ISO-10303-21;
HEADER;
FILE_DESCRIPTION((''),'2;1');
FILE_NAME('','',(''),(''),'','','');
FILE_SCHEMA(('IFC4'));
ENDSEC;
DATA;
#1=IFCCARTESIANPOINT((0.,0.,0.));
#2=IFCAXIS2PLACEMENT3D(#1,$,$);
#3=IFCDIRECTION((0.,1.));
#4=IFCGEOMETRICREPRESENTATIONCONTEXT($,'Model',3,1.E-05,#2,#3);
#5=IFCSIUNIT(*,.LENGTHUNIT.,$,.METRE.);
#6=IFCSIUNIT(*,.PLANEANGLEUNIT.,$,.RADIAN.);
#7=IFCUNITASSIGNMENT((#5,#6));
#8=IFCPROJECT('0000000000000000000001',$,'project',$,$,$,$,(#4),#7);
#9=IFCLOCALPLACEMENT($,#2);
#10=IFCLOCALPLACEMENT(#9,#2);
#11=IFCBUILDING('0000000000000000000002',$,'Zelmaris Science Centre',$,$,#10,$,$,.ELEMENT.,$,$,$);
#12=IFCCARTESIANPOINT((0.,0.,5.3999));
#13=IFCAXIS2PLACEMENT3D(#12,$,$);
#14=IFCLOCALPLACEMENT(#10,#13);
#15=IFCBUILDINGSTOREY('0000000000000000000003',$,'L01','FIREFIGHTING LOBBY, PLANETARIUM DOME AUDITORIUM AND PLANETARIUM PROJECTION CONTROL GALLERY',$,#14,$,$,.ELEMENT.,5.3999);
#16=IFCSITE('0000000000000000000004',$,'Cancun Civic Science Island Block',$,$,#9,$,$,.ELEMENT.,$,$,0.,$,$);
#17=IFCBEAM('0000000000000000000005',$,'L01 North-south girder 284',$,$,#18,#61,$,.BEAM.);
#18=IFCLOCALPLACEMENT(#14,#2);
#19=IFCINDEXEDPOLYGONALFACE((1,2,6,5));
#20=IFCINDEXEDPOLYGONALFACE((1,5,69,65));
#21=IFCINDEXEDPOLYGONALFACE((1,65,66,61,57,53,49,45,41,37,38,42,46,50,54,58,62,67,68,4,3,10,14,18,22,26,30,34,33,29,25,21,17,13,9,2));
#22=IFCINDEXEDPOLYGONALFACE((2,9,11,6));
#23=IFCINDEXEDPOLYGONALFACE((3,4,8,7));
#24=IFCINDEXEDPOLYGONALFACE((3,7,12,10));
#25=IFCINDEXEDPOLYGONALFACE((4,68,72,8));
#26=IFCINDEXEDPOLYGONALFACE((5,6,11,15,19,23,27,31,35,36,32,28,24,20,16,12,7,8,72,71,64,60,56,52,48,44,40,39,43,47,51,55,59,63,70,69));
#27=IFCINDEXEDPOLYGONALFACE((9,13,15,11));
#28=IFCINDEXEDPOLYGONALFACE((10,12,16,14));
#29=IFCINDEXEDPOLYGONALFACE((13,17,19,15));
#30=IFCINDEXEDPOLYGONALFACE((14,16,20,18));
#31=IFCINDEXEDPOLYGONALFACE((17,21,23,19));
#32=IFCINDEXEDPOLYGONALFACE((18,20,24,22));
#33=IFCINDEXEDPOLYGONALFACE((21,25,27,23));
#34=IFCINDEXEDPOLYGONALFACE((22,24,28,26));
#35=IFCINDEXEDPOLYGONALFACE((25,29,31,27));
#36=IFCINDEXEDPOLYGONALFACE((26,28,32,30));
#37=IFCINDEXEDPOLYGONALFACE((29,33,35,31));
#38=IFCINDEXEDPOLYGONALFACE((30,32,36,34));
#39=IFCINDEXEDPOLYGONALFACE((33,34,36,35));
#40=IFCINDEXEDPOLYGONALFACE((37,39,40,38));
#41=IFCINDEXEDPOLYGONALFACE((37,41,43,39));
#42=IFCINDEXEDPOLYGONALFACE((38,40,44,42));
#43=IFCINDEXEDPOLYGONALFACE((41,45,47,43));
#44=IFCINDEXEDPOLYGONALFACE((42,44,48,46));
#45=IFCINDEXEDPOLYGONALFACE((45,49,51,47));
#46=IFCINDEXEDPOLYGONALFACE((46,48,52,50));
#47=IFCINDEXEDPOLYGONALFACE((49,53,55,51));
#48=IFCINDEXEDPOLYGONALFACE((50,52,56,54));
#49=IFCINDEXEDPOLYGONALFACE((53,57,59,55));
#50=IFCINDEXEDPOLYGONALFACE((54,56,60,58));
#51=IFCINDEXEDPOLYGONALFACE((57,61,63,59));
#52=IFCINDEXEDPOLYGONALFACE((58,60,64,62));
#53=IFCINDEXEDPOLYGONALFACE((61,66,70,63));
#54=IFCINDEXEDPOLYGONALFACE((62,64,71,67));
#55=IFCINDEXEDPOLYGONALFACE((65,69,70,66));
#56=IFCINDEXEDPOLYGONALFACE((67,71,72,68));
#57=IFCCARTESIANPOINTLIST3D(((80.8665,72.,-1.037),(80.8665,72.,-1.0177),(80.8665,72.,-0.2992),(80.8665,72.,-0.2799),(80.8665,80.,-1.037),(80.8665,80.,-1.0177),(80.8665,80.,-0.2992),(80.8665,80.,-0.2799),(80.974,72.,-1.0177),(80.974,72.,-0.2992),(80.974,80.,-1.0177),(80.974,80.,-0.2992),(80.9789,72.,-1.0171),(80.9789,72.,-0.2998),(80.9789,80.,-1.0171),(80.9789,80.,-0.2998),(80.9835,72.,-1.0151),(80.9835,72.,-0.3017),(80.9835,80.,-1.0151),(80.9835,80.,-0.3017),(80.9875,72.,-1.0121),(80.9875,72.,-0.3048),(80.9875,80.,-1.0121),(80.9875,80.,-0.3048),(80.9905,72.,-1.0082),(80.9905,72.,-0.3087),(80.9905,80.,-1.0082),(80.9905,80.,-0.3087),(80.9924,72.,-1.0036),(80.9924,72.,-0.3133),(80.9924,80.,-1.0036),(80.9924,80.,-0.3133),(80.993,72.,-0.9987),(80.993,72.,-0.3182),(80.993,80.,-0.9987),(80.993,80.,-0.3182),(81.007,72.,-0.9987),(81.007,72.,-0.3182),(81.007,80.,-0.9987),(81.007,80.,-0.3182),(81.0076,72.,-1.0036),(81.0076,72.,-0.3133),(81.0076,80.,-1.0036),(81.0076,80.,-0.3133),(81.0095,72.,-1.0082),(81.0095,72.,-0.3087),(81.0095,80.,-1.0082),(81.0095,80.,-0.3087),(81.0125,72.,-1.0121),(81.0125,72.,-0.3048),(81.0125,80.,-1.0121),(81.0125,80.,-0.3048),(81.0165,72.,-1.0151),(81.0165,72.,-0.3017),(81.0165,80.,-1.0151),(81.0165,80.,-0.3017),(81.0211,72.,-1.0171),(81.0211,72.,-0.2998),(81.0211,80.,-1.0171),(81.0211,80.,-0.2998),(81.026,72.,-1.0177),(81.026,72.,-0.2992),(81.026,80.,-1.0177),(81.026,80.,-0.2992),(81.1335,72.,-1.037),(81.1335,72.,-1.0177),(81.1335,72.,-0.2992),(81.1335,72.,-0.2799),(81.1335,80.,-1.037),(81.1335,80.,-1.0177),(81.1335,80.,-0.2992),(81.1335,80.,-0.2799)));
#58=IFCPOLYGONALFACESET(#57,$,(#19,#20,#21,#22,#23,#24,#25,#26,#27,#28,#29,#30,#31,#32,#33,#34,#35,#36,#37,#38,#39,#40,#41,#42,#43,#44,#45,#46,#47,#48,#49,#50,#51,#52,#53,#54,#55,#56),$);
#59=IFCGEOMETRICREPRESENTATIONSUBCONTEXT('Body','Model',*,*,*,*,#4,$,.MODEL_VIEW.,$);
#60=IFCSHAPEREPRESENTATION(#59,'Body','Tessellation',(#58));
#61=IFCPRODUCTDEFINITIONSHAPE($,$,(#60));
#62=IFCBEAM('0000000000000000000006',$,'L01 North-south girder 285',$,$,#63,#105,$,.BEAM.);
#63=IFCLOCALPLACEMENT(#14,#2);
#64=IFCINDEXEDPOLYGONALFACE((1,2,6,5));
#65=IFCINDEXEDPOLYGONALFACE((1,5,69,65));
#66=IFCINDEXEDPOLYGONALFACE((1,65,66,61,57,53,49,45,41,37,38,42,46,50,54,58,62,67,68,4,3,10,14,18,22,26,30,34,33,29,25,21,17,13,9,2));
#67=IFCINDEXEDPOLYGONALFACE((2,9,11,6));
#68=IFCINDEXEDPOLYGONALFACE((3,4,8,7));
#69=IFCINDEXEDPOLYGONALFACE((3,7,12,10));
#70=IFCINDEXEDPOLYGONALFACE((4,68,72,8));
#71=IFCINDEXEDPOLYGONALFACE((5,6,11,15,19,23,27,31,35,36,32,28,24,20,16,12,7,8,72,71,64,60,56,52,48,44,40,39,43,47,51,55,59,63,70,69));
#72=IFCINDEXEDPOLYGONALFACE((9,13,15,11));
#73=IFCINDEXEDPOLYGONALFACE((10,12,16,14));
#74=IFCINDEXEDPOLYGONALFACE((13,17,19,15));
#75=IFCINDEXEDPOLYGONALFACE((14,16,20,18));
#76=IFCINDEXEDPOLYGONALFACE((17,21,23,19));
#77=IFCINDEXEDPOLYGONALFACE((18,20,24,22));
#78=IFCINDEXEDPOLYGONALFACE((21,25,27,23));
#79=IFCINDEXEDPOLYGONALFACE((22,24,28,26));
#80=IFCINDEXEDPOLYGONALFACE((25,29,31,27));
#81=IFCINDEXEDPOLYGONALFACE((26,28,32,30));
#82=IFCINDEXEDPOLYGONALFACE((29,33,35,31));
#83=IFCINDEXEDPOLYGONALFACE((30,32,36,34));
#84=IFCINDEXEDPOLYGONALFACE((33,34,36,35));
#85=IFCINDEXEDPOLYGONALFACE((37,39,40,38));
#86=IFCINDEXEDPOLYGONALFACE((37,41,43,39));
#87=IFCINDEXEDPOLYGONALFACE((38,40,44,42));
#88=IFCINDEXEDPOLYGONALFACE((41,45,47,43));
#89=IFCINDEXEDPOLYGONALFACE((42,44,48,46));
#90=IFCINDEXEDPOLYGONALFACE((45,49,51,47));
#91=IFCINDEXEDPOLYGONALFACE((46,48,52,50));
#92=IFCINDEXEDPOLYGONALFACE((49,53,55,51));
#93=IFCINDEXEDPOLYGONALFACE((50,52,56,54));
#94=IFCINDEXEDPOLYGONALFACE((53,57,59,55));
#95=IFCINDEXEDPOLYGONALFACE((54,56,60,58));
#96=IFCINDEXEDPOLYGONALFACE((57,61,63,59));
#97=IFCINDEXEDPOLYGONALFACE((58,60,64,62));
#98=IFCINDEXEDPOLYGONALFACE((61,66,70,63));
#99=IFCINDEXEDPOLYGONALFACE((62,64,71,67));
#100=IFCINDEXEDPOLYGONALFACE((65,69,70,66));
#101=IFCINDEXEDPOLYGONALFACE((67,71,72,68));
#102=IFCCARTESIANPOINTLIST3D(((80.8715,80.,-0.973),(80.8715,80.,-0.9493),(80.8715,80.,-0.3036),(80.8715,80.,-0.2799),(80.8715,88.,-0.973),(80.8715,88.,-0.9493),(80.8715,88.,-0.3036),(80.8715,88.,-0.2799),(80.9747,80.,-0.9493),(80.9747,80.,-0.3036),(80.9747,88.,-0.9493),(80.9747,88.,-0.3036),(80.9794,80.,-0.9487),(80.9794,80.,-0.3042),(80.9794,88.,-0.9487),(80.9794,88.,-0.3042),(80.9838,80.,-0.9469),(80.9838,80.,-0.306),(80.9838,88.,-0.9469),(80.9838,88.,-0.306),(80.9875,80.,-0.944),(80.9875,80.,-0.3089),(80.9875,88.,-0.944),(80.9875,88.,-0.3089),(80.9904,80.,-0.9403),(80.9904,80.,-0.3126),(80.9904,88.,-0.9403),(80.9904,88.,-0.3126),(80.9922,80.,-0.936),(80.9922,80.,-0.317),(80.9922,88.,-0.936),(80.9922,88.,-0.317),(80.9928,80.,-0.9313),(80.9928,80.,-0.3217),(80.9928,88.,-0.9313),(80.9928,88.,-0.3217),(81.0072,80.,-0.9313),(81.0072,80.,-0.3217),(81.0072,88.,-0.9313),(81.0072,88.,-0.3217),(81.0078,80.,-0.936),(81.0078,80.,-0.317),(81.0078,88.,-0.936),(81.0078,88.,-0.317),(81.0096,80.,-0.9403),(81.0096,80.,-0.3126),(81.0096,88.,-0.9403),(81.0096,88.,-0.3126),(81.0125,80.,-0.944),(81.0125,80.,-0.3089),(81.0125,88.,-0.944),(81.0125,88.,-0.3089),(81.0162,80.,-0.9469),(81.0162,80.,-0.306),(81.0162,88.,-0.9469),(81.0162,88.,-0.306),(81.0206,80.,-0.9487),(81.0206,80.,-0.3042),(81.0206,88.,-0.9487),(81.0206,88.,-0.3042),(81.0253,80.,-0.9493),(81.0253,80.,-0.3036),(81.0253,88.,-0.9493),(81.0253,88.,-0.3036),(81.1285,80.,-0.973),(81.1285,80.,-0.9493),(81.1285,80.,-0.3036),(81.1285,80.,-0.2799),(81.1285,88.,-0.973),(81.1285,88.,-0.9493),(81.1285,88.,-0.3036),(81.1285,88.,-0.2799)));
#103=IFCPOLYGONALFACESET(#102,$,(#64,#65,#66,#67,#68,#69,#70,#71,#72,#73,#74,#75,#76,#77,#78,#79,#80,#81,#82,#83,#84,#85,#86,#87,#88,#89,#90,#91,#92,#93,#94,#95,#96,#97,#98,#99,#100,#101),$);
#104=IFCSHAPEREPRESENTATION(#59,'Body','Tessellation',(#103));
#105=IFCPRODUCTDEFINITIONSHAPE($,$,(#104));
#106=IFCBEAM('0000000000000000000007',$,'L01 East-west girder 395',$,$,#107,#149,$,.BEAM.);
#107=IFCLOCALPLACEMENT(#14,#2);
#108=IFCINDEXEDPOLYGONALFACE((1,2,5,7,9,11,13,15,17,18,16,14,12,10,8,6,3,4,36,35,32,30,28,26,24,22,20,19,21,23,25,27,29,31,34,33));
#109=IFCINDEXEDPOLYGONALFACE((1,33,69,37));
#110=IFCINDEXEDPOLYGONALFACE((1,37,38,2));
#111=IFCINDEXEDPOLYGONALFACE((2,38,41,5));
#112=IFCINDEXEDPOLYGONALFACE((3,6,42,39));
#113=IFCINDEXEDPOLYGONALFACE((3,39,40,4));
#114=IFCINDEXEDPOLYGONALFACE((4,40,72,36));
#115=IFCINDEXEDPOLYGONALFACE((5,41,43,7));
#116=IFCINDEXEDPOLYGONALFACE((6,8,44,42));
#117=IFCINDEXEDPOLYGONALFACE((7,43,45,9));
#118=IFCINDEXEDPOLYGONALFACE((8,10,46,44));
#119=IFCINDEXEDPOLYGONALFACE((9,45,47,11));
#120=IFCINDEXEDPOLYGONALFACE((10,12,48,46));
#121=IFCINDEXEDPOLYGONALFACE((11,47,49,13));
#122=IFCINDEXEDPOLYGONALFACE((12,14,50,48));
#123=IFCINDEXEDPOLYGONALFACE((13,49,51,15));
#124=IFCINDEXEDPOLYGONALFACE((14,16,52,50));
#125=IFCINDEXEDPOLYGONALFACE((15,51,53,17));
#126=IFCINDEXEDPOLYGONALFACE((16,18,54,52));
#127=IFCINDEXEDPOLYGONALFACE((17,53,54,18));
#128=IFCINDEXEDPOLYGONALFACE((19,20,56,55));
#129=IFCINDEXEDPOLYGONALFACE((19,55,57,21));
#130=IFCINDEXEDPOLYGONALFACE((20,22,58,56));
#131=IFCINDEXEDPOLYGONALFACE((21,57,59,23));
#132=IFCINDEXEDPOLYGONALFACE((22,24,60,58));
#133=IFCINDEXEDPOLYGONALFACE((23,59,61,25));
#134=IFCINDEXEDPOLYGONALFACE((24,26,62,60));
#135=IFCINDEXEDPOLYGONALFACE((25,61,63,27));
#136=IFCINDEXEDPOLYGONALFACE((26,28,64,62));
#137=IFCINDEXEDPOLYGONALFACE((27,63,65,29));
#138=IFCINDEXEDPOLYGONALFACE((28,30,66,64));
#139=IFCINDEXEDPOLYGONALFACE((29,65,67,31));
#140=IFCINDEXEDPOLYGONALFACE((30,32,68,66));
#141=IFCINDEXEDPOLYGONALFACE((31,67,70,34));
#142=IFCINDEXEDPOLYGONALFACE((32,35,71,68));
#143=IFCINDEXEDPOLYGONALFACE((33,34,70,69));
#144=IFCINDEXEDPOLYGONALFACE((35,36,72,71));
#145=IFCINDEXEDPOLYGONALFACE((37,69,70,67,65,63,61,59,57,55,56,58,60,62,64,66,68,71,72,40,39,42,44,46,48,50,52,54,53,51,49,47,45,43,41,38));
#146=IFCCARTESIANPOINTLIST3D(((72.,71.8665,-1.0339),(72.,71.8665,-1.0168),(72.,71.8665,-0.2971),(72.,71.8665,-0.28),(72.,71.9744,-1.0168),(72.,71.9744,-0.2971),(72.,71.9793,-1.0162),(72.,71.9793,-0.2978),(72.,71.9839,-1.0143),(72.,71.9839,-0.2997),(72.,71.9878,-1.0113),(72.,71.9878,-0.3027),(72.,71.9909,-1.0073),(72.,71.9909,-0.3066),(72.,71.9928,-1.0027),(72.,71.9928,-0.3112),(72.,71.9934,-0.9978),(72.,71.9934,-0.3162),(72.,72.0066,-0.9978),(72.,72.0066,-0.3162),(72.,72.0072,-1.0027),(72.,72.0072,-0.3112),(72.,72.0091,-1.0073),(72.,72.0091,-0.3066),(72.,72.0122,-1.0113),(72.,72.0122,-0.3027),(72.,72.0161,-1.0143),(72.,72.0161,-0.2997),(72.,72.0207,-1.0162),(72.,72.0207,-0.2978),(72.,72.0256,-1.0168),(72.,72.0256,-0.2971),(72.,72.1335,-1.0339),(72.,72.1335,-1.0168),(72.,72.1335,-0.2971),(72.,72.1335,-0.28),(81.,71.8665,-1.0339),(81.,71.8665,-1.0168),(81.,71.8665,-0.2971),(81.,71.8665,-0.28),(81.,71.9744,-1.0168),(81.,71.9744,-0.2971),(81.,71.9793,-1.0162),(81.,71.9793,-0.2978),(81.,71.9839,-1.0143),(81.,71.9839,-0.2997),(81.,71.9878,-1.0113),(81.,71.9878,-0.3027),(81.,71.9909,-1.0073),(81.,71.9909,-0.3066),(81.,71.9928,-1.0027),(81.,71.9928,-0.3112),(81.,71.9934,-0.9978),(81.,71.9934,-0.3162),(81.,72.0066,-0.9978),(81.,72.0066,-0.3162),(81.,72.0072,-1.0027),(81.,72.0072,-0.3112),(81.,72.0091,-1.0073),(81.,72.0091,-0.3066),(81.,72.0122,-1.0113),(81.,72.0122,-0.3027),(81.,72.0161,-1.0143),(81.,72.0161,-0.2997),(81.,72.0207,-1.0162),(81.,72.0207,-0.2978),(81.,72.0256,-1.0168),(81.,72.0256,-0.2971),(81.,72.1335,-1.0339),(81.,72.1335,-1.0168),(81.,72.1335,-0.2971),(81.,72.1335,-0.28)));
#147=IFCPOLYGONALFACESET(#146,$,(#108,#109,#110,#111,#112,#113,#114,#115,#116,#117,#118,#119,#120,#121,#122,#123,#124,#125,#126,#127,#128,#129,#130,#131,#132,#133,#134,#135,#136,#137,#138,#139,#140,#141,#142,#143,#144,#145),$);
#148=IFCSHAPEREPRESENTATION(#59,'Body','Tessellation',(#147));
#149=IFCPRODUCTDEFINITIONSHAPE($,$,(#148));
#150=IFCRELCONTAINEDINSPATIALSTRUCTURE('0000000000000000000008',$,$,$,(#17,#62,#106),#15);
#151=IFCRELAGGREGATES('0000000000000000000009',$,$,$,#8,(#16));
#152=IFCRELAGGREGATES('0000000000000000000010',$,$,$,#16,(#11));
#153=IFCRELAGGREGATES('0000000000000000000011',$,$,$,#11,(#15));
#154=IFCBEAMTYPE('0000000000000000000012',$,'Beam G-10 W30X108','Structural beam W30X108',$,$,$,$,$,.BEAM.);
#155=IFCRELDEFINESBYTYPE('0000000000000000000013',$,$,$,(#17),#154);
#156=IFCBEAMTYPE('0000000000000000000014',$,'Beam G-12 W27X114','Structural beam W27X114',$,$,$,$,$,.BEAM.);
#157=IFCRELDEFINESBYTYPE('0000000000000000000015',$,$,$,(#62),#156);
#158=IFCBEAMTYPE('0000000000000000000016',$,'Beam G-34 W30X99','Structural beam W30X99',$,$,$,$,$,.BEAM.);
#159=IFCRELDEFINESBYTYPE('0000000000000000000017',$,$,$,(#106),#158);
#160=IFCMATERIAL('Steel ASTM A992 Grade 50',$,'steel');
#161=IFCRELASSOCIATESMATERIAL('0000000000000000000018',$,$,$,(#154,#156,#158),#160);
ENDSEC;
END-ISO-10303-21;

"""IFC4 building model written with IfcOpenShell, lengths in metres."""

from ifc_helpers import new_model, si_unit, direction, frame, origin, origin_2d, place, context, subcontext, project, spatial, i_section, extrude, material, material_profile, profile_set, type_object, element, save


model = new_model("IFC4")

# Units and contexts
model_context = context("Model", 3, precision=1e-05, world=origin(), true_north=direction((0.0, 1.0)))
body_context = subcontext(model_context, "Body", "Model", "MODEL_VIEW")
ifc_project = project(units=[si_unit("LENGTHUNIT", "METRE"), si_unit("PLANEANGLEUNIT", "RADIAN")], contexts=[model_context])

# Site, building, storey
site_placement = place(None, origin())
site = spatial("IfcSite", under=ifc_project, at=site_placement, Name="Cancun Civic Science Island Block", CompositionType="ELEMENT", RefElevation=0.0)
building_placement = place(site_placement, origin())
building = spatial("IfcBuilding", under=site, at=building_placement, Name="Zelmaris Science Centre", CompositionType="ELEMENT")
storey_placement = place(building_placement, frame((0.0, 0.0, 5.3999)))
storey = spatial("IfcBuildingStorey", under=building, at=storey_placement, Name="L01", Description="FIREFIGHTING LOBBY, PLANETARIUM DOME AUDITORIUM AND PLANETARIUM PROJECTION CONTROL GALLERY", CompositionType="ELEMENT", Elevation=5.3999)

# Shared definitions
ifc_material_1 = material(Name="Steel ASTM A992 Grade 50", Category="steel")

# Beams
ifc_material_profile_1 = material_profile(ifc_material_1, i_section(OverallWidth=0.2671, OverallDepth=0.7571, WebThickness=0.0139, FlangeThickness=0.0193, FilletRadius=0.019, at=origin_2d()), Name="W30X108")
ifc_profile_set_1 = profile_set([ifc_material_profile_1], Name="Steel ASTM A992 Grade 50")
beam_type_1 = type_object("IfcBeamType", Name="Beam G-10 W30X108", Description="Structural beam W30X108", PredefinedType="BEAM", material=ifc_profile_set_1)
beam_1_placement = place(storey_placement, frame((81.0, 72.0, -0.6584), z_axis=(0.0, 1.0, 0.0), x_axis=(-1.0, 0.0, 0.0)))
element("IfcBeam", 1, at=beam_1_placement, inside=storey, type_object=beam_type_1, Name="L01 North-south girder 284", PredefinedType="BEAM", context=body_context, shape_type="SweptSolid", body=[
    extrude(i_section(OverallWidth=0.2671, OverallDepth=0.7571, WebThickness=0.0139, FlangeThickness=0.0193, FilletRadius=0.019, at=origin_2d()), origin(), (0.0, 0.0, 1.0), 8.0),
])
ifc_material_profile_2 = material_profile(ifc_material_1, i_section(OverallWidth=0.2571, OverallDepth=0.6931, WebThickness=0.0144, FlangeThickness=0.0237, FilletRadius=0.0181, at=origin_2d()), Name="W27X114")
ifc_profile_set_2 = profile_set([ifc_material_profile_2], Name="Steel ASTM A992 Grade 50")
beam_type_2 = type_object("IfcBeamType", Name="Beam G-12 W27X114", Description="Structural beam W27X114", PredefinedType="BEAM", material=ifc_profile_set_2)
beam_2_placement = place(storey_placement, frame((81.0, 80.0, -0.6265), z_axis=(0.0, 1.0, 0.0), x_axis=(-1.0, 0.0, 0.0)))
element("IfcBeam", 2, at=beam_2_placement, inside=storey, type_object=beam_type_2, Name="L01 North-south girder 285", PredefinedType="BEAM", context=body_context, shape_type="SweptSolid", body=[
    extrude(i_section(OverallWidth=0.2571, OverallDepth=0.6931, WebThickness=0.0144, FlangeThickness=0.0237, FilletRadius=0.0181, at=origin_2d()), origin(), (0.0, 0.0, 1.0), 8.0),
])
ifc_material_profile_3 = material_profile(ifc_material_1, i_section(OverallWidth=0.2671, OverallDepth=0.7539, WebThickness=0.0132, FlangeThickness=0.0171, FilletRadius=0.019, at=origin_2d()), Name="W30X99")
ifc_profile_set_3 = profile_set([ifc_material_profile_3], Name="Steel ASTM A992 Grade 50")
beam_type_3 = type_object("IfcBeamType", Name="Beam G-34 W30X99", Description="Structural beam W30X99", PredefinedType="BEAM", material=ifc_profile_set_3)
beam_3_placement = place(storey_placement, frame((72.0, 72.0, -0.657), z_axis=(1.0, 0.0, 0.0), x_axis=(0.0, 1.0, 0.0)))
element("IfcBeam", 3, at=beam_3_placement, inside=storey, type_object=beam_type_3, Name="L01 East-west girder 395", PredefinedType="BEAM", context=body_context, shape_type="SweptSolid", body=[
    extrude(i_section(OverallWidth=0.2671, OverallDepth=0.7539, WebThickness=0.0132, FlangeThickness=0.0171, FilletRadius=0.019, at=origin_2d()), origin(), (0.0, 0.0, 1.0), 9.0),
])

save(model, "model.ifc")
